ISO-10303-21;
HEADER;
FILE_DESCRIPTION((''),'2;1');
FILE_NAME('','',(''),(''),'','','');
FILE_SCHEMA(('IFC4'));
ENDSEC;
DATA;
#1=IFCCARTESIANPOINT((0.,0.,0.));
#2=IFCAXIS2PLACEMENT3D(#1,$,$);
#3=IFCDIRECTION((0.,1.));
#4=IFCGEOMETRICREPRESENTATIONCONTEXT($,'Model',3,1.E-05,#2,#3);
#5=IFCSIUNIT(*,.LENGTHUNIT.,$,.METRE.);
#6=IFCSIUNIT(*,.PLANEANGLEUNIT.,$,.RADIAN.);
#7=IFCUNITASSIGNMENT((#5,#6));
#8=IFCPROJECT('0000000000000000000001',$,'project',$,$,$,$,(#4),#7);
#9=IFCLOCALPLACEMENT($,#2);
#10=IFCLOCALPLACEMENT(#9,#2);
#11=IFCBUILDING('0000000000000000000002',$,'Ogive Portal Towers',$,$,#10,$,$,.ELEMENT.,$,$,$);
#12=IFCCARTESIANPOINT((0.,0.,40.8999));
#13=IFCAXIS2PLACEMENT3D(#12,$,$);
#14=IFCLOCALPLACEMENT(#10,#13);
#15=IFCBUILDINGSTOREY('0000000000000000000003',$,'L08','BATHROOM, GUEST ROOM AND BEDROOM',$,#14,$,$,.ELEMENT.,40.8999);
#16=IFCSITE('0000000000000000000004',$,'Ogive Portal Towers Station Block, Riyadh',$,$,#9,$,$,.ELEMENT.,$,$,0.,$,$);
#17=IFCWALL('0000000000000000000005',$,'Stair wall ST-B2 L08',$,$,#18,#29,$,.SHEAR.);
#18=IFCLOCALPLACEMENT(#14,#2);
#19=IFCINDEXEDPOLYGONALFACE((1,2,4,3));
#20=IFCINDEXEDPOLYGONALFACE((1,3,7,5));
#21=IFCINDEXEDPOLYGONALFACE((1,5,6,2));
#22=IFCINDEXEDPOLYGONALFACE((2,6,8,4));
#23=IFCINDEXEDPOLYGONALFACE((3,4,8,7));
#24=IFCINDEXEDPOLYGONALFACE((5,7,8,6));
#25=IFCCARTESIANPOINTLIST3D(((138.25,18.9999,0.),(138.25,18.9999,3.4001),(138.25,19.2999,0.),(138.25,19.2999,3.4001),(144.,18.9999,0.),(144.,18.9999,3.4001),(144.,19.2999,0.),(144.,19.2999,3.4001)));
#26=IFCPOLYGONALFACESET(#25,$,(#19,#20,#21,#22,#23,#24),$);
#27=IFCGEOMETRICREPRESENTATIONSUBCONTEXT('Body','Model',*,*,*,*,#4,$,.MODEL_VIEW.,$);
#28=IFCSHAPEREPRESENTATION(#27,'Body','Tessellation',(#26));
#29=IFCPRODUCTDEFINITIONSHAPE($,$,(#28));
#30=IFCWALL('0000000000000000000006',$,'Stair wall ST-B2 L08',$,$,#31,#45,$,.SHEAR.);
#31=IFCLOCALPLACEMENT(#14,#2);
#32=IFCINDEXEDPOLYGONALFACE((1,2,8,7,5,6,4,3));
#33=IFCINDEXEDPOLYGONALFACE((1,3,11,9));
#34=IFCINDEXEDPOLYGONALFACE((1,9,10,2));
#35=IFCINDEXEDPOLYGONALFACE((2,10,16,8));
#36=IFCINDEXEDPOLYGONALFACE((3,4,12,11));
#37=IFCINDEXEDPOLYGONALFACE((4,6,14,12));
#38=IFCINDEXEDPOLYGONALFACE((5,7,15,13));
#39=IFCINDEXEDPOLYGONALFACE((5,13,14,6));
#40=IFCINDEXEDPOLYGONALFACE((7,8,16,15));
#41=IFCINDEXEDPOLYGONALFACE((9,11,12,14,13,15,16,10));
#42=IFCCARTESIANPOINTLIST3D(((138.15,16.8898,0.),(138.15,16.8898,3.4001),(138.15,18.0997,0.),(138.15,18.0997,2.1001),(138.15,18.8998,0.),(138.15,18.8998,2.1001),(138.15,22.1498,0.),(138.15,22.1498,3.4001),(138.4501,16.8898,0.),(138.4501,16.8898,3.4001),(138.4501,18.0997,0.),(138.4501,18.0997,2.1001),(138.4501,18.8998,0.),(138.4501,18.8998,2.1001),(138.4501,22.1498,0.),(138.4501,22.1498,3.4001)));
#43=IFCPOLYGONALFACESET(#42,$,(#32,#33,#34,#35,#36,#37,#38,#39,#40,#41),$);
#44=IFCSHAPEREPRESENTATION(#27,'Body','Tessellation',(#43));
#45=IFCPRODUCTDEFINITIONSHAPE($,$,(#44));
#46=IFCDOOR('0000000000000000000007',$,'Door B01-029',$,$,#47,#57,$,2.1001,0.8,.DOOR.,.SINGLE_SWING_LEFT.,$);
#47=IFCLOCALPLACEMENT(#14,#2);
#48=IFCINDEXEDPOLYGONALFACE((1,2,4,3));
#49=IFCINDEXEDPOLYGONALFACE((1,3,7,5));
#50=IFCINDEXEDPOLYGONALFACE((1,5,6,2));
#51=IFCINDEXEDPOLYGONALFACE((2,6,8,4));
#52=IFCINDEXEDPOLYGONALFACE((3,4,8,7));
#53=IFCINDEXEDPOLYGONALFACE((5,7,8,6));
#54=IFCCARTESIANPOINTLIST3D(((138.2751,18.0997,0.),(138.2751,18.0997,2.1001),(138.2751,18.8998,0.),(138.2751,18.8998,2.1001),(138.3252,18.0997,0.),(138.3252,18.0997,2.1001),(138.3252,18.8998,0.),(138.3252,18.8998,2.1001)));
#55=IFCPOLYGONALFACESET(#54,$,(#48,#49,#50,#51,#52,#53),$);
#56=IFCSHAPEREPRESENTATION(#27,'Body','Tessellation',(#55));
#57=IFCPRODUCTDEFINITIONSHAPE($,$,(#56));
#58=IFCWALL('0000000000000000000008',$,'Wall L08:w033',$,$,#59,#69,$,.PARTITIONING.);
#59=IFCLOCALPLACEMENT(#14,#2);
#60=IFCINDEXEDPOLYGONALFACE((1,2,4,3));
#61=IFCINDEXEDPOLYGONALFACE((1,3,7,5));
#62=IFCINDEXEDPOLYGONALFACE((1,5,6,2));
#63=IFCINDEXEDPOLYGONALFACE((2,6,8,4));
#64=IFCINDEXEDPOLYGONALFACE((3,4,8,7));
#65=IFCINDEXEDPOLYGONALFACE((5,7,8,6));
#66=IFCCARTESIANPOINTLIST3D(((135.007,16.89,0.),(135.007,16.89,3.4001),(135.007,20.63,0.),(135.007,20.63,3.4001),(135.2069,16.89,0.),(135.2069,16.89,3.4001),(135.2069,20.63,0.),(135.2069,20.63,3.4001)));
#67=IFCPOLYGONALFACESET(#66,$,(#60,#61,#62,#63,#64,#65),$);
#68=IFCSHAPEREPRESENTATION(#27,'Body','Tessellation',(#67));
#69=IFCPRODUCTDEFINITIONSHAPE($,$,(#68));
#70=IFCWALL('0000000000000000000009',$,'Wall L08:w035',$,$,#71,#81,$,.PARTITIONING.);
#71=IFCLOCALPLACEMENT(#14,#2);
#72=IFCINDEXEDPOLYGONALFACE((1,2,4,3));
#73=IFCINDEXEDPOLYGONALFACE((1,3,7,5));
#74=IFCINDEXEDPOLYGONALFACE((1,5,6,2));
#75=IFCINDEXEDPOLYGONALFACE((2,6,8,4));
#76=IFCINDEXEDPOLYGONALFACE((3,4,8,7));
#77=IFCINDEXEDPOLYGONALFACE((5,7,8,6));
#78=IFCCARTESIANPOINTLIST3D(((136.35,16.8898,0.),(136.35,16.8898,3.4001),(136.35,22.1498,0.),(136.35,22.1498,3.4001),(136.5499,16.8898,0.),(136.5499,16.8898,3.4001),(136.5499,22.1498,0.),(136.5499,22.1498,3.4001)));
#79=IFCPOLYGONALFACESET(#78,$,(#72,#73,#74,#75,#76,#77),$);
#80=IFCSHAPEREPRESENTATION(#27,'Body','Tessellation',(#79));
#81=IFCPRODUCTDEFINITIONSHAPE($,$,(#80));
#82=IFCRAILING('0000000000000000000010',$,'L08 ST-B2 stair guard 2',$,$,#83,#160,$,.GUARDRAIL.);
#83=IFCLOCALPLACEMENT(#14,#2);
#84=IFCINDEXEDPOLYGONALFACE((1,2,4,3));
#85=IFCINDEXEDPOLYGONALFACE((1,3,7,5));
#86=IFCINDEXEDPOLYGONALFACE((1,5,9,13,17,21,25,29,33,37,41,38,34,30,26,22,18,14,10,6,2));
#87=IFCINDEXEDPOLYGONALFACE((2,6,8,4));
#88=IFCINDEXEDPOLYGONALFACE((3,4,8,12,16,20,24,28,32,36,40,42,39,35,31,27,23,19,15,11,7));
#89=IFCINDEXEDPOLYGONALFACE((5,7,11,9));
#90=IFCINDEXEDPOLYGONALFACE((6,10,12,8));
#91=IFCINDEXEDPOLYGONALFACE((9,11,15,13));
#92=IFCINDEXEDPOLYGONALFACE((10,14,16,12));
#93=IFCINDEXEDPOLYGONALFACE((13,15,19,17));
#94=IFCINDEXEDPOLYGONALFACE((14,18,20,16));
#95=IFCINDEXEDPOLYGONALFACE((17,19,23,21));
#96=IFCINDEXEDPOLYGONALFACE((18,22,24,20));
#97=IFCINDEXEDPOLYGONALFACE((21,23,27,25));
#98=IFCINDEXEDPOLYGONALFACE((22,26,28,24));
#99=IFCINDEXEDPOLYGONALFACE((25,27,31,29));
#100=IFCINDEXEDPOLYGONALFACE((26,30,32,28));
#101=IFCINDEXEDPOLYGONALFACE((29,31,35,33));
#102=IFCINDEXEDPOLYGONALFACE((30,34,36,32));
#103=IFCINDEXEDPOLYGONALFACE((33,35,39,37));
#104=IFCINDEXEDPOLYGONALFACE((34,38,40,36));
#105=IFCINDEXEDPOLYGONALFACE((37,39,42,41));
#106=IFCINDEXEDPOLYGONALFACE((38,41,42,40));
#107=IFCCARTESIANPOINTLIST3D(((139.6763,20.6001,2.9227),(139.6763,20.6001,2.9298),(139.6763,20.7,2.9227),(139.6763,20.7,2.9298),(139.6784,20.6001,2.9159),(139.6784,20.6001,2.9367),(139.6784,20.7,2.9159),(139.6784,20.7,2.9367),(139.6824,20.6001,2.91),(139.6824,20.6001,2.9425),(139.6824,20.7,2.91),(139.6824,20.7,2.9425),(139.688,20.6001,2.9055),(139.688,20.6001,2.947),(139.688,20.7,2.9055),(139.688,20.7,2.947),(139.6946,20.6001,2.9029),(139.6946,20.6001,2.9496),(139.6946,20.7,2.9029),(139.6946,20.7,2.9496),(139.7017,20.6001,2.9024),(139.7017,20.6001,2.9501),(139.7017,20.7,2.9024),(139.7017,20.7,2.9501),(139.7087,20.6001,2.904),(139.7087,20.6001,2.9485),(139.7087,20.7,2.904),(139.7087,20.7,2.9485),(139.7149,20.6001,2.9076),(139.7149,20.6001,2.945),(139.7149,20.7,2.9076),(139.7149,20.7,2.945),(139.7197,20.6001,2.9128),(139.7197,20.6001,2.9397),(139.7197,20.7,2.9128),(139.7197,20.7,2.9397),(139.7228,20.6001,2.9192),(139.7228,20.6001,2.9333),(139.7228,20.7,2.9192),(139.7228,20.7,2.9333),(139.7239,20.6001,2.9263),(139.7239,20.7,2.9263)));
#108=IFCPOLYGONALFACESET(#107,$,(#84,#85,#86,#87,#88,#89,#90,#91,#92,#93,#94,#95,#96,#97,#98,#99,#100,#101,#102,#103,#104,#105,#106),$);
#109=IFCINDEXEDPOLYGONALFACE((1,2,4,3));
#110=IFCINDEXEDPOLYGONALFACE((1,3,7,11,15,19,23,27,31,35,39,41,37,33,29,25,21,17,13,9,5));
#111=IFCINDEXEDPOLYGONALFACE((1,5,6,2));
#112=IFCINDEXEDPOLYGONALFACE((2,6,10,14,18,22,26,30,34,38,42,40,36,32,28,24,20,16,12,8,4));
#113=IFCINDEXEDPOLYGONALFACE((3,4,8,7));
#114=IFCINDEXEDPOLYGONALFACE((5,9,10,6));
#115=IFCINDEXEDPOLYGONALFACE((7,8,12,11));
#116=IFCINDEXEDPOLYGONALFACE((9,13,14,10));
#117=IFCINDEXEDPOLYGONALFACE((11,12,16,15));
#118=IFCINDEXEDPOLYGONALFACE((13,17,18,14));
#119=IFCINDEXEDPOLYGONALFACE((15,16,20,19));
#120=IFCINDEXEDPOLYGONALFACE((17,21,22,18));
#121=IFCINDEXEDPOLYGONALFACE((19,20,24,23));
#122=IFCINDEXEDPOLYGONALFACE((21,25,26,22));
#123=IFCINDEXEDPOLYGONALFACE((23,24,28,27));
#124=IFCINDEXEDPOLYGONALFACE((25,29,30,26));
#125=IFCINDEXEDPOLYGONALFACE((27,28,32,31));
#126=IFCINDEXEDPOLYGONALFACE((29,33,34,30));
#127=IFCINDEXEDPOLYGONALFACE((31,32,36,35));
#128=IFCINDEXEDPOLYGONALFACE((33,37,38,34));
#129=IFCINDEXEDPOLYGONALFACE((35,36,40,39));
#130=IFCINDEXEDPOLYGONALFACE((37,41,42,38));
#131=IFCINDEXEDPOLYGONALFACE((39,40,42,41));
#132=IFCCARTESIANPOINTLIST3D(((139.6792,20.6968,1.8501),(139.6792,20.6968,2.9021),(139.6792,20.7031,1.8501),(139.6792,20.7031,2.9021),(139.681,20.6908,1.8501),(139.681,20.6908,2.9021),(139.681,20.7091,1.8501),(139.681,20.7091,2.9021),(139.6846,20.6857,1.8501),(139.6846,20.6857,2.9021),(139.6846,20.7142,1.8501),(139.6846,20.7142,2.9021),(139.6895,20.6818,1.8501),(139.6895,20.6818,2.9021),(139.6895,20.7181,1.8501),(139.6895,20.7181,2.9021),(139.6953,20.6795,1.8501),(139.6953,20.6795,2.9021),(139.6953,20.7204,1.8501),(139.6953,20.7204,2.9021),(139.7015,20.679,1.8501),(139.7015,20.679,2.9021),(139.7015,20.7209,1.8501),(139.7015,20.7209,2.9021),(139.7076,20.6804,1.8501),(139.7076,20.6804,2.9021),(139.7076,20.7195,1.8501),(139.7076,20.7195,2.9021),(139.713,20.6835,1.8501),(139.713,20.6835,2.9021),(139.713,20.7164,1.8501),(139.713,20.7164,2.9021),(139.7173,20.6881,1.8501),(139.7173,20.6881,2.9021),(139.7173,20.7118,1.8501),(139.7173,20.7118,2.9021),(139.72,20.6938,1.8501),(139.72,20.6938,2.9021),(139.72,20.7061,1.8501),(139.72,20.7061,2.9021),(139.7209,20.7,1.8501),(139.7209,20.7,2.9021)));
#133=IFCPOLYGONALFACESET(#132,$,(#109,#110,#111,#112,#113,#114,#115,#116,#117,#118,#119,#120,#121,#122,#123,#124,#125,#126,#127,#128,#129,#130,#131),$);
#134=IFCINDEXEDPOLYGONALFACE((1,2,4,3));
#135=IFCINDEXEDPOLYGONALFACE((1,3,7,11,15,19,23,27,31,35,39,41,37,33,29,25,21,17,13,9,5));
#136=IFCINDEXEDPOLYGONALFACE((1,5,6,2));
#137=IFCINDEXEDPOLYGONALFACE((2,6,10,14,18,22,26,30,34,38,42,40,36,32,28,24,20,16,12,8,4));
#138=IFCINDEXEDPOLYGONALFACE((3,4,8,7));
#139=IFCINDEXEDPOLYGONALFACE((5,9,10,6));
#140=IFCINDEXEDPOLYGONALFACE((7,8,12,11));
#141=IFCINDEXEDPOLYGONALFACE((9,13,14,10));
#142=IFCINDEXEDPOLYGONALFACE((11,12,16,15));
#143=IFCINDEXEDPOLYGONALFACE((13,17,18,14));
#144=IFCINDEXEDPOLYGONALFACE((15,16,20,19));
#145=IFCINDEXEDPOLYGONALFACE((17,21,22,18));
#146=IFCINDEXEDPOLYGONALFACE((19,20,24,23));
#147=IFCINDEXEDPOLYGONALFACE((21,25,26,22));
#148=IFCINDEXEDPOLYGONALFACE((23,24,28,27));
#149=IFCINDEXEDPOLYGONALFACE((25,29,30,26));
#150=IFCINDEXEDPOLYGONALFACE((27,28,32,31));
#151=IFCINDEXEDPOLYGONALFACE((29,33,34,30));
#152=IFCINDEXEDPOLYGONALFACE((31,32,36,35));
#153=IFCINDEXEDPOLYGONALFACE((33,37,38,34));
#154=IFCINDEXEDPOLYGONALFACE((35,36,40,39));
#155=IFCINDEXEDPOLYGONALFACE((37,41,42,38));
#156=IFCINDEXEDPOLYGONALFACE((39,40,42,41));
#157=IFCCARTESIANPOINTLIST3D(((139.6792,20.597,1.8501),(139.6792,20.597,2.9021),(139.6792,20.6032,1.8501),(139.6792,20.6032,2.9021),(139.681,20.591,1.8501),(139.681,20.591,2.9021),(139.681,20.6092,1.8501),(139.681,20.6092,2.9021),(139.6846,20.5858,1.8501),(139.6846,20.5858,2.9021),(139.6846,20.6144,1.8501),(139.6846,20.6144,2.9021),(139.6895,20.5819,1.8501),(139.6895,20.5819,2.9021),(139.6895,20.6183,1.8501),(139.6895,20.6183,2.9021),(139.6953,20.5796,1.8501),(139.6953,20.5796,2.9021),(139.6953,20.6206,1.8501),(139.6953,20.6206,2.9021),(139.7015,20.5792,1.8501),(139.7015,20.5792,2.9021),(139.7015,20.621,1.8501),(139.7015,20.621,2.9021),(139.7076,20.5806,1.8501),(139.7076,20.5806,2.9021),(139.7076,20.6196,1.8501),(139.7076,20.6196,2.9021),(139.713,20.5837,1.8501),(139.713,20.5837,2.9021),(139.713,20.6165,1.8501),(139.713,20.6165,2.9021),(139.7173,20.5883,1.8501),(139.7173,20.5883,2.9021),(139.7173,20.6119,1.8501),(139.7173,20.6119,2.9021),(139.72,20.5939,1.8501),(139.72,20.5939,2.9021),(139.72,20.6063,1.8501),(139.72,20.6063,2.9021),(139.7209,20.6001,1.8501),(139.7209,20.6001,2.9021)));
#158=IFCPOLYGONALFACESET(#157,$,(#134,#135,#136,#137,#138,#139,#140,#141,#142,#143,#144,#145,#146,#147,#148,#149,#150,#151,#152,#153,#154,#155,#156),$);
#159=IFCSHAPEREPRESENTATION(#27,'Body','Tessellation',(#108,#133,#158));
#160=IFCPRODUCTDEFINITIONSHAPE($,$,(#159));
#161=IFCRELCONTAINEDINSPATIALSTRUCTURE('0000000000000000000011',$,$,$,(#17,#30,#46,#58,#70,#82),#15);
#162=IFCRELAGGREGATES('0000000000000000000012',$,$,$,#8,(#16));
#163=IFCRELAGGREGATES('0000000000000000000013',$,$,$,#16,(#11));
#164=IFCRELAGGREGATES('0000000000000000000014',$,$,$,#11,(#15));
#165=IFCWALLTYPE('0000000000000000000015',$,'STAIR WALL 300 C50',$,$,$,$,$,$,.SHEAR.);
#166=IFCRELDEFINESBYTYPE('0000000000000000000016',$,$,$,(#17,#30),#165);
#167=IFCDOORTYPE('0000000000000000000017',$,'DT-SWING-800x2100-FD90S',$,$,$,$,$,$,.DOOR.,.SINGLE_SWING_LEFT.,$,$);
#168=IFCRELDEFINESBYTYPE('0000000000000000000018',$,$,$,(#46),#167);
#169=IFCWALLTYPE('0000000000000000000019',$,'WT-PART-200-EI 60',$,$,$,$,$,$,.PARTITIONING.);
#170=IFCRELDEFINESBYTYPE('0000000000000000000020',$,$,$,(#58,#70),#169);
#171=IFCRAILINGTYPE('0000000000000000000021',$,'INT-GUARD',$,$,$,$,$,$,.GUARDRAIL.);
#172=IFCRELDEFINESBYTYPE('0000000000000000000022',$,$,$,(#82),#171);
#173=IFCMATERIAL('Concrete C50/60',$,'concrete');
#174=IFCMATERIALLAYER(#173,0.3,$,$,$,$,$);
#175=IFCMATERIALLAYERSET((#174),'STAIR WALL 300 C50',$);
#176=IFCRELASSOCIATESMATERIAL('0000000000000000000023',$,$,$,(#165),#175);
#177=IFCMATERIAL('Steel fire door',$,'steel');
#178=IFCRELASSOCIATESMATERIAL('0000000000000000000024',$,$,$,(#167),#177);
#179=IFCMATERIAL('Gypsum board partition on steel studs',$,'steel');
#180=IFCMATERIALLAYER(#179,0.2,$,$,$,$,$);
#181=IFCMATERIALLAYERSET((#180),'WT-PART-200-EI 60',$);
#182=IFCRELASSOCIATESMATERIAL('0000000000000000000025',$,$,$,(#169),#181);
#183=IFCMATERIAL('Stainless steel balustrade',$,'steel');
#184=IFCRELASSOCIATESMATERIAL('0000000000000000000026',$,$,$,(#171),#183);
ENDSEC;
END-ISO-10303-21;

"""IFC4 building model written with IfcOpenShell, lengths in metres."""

from ifc_helpers import new_model, si_unit, direction, frame, frame_2d, origin, origin_2d, place, context, subcontext, project, spatial, rectangle, circle, extrude, material, layer, layer_set, type_object, element, fill, save


model = new_model("IFC4")

# Units and contexts
model_context = context("Model", 3, precision=1e-05, world=origin(), true_north=direction((0.0, 1.0)))
body_context = subcontext(model_context, "Body", "Model", "MODEL_VIEW")
ifc_project = project(units=[si_unit("LENGTHUNIT", "METRE"), si_unit("PLANEANGLEUNIT", "RADIAN")], contexts=[model_context])

# Site, building, storey
site_placement = place(None, origin())
site = spatial("IfcSite", under=ifc_project, at=site_placement, Name="Ogive Portal Towers Station Block, Riyadh", CompositionType="ELEMENT", RefElevation=0.0)
building_placement = place(site_placement, origin())
building = spatial("IfcBuilding", under=site, at=building_placement, Name="Ogive Portal Towers", CompositionType="ELEMENT")
storey_placement = place(building_placement, frame((0.0, 0.0, 40.8999)))
storey = spatial("IfcBuildingStorey", under=building, at=storey_placement, Name="L08", Description="BATHROOM, GUEST ROOM AND BEDROOM", CompositionType="ELEMENT", Elevation=40.8999)

# Shared definitions
ifc_material_1 = material(Name="Concrete C50/60", Category="concrete")

# Shared definitions
ifc_material_2 = material(Name="Steel fire door", Category="steel")

# Wall
ifc_layer_1 = layer(ifc_material_1, 0.3)
ifc_layer_set_1 = layer_set([ifc_layer_1], Name="STAIR WALL 300 C50")
wall_type_1 = type_object("IfcWallType", Name="STAIR WALL 300 C50", PredefinedType="SHEAR", material=ifc_layer_set_1)
wall_1_placement = place(storey_placement, frame((138.25, 19.1499, 0.0), z_axis=(0.0, 0.0, 1.0), x_axis=(1.0, 0.0, 0.0)))
element("IfcWall", 1, at=wall_1_placement, inside=storey, type_object=wall_type_1, Name="Stair wall ST-B2 L08", PredefinedType="SHEAR", context=body_context, shape_type="SweptSolid", body=[
    extrude(rectangle(XDim=5.75, YDim=0.3, at=frame_2d((2.875, 0.0))), origin(), (0.0, 0.0, 1.0), 3.4001),
])

# Wall, opening, door
wall_2_placement = place(storey_placement, frame((138.3, 16.8899, 0.0), z_axis=(0.0, 0.0, 1.0), x_axis=(0.0, 1.0, 0.0)))
wall_2 = element("IfcWall", 2, at=wall_2_placement, inside=storey, type_object=wall_type_1, Name="Stair wall ST-B2 L08", PredefinedType="SHEAR", context=body_context, shape_type="SweptSolid", body=[
    extrude(rectangle(XDim=5.26, YDim=0.3, at=frame_2d((2.6299, 0.0))), origin(), (0.0, 0.0, 1.0), 3.4001),
])
opening_1_placement = place(wall_2_placement, frame((1.21, 0.0, 0.0)))
opening_1 = element("IfcOpeningElement", 3, at=opening_1_placement, cuts=wall_2, PredefinedType="OPENING", context=body_context, shape_type="SweptSolid", body=[
    extrude(rectangle(XDim=0.8, YDim=2.1001, at=frame_2d((0.3999, 1.05))), frame((0.0, 0.1602, 0.0), z_axis=(0.0, -1.0, 0.0), x_axis=(1.0, 0.0, 0.0)), (0.0, 0.0, 1.0), 0.3201),
])
door_type_1 = type_object("IfcDoorType", Name="DT-SWING-800x2100-FD90S", OperationType="SINGLE_SWING_LEFT", PredefinedType="DOOR", material=ifc_material_2)
door_1_placement = place(opening_1_placement, origin())
door_1 = element("IfcDoor", 4, at=door_1_placement, inside=storey, type_object=door_type_1, Name="Door B01-029", OperationType="SINGLE_SWING_LEFT", OverallHeight=2.1001, OverallWidth=0.8, PredefinedType="DOOR", context=body_context, shape_type="SweptSolid", body=[
    extrude(rectangle(XDim=0.8, YDim=2.1001, at=frame_2d((0.3999, 1.05))), frame((0.0, 0.0249, 0.0), z_axis=(0.0, -1.0, 0.0), x_axis=(1.0, 0.0, 0.0)), (0.0, 0.0, 1.0), 0.05),
])
fill(opening_1, door_1)

# Walls
ifc_material_3 = material(Name="Gypsum board partition on steel studs", Category="steel")
ifc_layer_2 = layer(ifc_material_3, 0.2)
ifc_layer_set_2 = layer_set([ifc_layer_2], Name="WT-PART-200-EI 60")
wall_type_2 = type_object("IfcWallType", Name="WT-PART-200-EI 60", PredefinedType="PARTITIONING", material=ifc_layer_set_2)
wall_3_placement = place(storey_placement, frame((135.1069, 16.8899, 0.0), z_axis=(0.0, 0.0, 1.0), x_axis=(0.0, 1.0, 0.0)))
element("IfcWall", 5, at=wall_3_placement, inside=storey, type_object=wall_type_2, Name="Wall L08:w033", PredefinedType="PARTITIONING", context=body_context, shape_type="SweptSolid", body=[
    extrude(rectangle(XDim=3.74, YDim=0.2, at=frame_2d((1.8701, 0.0))), origin(), (0.0, 0.0, 1.0), 3.4001),
])
wall_4_placement = place(storey_placement, frame((136.45, 16.8899, 0.0), z_axis=(0.0, 0.0, 1.0), x_axis=(0.0, 1.0, 0.0)))
element("IfcWall", 6, at=wall_4_placement, inside=storey, type_object=wall_type_2, Name="Wall L08:w035", PredefinedType="PARTITIONING", context=body_context, shape_type="SweptSolid", body=[
    extrude(rectangle(XDim=5.26, YDim=0.2, at=frame_2d((2.6299, 0.0))), origin(), (0.0, 0.0, 1.0), 3.4001),
])

# Railing
ifc_material_4 = material(Name="Stainless steel balustrade", Category="steel")
railing_type_1 = type_object("IfcRailingType", Name="INT-GUARD", PredefinedType="GUARDRAIL", material=ifc_material_4)
railing_1_placement = place(storey_placement, frame((139.7, 20.7, 1.8501)))
element("IfcRailing", 7, at=railing_1_placement, inside=storey, type_object=railing_type_1, Name="L08 ST-B2 stair guard 2", PredefinedType="GUARDRAIL", context=body_context, shape_type="SweptSolid", body=[
    extrude(circle(Radius=0.0239, at=origin_2d()), frame((0.0, 0.0, 1.0762), z_axis=(0.0, -1.0, 0.0), x_axis=(1.0, 0.0, 0.0)), (0.0, 0.0, 1.0), 0.0999),
    extrude(circle(Radius=0.021, at=origin_2d()), origin(), (0.0, 0.0, 1.0), 1.052),
    extrude(circle(Radius=0.021, at=origin_2d()), frame((0.0, -0.0999, 0.0)), (0.0, 0.0, 1.0), 1.052),
])

save(model, "model.ifc")
